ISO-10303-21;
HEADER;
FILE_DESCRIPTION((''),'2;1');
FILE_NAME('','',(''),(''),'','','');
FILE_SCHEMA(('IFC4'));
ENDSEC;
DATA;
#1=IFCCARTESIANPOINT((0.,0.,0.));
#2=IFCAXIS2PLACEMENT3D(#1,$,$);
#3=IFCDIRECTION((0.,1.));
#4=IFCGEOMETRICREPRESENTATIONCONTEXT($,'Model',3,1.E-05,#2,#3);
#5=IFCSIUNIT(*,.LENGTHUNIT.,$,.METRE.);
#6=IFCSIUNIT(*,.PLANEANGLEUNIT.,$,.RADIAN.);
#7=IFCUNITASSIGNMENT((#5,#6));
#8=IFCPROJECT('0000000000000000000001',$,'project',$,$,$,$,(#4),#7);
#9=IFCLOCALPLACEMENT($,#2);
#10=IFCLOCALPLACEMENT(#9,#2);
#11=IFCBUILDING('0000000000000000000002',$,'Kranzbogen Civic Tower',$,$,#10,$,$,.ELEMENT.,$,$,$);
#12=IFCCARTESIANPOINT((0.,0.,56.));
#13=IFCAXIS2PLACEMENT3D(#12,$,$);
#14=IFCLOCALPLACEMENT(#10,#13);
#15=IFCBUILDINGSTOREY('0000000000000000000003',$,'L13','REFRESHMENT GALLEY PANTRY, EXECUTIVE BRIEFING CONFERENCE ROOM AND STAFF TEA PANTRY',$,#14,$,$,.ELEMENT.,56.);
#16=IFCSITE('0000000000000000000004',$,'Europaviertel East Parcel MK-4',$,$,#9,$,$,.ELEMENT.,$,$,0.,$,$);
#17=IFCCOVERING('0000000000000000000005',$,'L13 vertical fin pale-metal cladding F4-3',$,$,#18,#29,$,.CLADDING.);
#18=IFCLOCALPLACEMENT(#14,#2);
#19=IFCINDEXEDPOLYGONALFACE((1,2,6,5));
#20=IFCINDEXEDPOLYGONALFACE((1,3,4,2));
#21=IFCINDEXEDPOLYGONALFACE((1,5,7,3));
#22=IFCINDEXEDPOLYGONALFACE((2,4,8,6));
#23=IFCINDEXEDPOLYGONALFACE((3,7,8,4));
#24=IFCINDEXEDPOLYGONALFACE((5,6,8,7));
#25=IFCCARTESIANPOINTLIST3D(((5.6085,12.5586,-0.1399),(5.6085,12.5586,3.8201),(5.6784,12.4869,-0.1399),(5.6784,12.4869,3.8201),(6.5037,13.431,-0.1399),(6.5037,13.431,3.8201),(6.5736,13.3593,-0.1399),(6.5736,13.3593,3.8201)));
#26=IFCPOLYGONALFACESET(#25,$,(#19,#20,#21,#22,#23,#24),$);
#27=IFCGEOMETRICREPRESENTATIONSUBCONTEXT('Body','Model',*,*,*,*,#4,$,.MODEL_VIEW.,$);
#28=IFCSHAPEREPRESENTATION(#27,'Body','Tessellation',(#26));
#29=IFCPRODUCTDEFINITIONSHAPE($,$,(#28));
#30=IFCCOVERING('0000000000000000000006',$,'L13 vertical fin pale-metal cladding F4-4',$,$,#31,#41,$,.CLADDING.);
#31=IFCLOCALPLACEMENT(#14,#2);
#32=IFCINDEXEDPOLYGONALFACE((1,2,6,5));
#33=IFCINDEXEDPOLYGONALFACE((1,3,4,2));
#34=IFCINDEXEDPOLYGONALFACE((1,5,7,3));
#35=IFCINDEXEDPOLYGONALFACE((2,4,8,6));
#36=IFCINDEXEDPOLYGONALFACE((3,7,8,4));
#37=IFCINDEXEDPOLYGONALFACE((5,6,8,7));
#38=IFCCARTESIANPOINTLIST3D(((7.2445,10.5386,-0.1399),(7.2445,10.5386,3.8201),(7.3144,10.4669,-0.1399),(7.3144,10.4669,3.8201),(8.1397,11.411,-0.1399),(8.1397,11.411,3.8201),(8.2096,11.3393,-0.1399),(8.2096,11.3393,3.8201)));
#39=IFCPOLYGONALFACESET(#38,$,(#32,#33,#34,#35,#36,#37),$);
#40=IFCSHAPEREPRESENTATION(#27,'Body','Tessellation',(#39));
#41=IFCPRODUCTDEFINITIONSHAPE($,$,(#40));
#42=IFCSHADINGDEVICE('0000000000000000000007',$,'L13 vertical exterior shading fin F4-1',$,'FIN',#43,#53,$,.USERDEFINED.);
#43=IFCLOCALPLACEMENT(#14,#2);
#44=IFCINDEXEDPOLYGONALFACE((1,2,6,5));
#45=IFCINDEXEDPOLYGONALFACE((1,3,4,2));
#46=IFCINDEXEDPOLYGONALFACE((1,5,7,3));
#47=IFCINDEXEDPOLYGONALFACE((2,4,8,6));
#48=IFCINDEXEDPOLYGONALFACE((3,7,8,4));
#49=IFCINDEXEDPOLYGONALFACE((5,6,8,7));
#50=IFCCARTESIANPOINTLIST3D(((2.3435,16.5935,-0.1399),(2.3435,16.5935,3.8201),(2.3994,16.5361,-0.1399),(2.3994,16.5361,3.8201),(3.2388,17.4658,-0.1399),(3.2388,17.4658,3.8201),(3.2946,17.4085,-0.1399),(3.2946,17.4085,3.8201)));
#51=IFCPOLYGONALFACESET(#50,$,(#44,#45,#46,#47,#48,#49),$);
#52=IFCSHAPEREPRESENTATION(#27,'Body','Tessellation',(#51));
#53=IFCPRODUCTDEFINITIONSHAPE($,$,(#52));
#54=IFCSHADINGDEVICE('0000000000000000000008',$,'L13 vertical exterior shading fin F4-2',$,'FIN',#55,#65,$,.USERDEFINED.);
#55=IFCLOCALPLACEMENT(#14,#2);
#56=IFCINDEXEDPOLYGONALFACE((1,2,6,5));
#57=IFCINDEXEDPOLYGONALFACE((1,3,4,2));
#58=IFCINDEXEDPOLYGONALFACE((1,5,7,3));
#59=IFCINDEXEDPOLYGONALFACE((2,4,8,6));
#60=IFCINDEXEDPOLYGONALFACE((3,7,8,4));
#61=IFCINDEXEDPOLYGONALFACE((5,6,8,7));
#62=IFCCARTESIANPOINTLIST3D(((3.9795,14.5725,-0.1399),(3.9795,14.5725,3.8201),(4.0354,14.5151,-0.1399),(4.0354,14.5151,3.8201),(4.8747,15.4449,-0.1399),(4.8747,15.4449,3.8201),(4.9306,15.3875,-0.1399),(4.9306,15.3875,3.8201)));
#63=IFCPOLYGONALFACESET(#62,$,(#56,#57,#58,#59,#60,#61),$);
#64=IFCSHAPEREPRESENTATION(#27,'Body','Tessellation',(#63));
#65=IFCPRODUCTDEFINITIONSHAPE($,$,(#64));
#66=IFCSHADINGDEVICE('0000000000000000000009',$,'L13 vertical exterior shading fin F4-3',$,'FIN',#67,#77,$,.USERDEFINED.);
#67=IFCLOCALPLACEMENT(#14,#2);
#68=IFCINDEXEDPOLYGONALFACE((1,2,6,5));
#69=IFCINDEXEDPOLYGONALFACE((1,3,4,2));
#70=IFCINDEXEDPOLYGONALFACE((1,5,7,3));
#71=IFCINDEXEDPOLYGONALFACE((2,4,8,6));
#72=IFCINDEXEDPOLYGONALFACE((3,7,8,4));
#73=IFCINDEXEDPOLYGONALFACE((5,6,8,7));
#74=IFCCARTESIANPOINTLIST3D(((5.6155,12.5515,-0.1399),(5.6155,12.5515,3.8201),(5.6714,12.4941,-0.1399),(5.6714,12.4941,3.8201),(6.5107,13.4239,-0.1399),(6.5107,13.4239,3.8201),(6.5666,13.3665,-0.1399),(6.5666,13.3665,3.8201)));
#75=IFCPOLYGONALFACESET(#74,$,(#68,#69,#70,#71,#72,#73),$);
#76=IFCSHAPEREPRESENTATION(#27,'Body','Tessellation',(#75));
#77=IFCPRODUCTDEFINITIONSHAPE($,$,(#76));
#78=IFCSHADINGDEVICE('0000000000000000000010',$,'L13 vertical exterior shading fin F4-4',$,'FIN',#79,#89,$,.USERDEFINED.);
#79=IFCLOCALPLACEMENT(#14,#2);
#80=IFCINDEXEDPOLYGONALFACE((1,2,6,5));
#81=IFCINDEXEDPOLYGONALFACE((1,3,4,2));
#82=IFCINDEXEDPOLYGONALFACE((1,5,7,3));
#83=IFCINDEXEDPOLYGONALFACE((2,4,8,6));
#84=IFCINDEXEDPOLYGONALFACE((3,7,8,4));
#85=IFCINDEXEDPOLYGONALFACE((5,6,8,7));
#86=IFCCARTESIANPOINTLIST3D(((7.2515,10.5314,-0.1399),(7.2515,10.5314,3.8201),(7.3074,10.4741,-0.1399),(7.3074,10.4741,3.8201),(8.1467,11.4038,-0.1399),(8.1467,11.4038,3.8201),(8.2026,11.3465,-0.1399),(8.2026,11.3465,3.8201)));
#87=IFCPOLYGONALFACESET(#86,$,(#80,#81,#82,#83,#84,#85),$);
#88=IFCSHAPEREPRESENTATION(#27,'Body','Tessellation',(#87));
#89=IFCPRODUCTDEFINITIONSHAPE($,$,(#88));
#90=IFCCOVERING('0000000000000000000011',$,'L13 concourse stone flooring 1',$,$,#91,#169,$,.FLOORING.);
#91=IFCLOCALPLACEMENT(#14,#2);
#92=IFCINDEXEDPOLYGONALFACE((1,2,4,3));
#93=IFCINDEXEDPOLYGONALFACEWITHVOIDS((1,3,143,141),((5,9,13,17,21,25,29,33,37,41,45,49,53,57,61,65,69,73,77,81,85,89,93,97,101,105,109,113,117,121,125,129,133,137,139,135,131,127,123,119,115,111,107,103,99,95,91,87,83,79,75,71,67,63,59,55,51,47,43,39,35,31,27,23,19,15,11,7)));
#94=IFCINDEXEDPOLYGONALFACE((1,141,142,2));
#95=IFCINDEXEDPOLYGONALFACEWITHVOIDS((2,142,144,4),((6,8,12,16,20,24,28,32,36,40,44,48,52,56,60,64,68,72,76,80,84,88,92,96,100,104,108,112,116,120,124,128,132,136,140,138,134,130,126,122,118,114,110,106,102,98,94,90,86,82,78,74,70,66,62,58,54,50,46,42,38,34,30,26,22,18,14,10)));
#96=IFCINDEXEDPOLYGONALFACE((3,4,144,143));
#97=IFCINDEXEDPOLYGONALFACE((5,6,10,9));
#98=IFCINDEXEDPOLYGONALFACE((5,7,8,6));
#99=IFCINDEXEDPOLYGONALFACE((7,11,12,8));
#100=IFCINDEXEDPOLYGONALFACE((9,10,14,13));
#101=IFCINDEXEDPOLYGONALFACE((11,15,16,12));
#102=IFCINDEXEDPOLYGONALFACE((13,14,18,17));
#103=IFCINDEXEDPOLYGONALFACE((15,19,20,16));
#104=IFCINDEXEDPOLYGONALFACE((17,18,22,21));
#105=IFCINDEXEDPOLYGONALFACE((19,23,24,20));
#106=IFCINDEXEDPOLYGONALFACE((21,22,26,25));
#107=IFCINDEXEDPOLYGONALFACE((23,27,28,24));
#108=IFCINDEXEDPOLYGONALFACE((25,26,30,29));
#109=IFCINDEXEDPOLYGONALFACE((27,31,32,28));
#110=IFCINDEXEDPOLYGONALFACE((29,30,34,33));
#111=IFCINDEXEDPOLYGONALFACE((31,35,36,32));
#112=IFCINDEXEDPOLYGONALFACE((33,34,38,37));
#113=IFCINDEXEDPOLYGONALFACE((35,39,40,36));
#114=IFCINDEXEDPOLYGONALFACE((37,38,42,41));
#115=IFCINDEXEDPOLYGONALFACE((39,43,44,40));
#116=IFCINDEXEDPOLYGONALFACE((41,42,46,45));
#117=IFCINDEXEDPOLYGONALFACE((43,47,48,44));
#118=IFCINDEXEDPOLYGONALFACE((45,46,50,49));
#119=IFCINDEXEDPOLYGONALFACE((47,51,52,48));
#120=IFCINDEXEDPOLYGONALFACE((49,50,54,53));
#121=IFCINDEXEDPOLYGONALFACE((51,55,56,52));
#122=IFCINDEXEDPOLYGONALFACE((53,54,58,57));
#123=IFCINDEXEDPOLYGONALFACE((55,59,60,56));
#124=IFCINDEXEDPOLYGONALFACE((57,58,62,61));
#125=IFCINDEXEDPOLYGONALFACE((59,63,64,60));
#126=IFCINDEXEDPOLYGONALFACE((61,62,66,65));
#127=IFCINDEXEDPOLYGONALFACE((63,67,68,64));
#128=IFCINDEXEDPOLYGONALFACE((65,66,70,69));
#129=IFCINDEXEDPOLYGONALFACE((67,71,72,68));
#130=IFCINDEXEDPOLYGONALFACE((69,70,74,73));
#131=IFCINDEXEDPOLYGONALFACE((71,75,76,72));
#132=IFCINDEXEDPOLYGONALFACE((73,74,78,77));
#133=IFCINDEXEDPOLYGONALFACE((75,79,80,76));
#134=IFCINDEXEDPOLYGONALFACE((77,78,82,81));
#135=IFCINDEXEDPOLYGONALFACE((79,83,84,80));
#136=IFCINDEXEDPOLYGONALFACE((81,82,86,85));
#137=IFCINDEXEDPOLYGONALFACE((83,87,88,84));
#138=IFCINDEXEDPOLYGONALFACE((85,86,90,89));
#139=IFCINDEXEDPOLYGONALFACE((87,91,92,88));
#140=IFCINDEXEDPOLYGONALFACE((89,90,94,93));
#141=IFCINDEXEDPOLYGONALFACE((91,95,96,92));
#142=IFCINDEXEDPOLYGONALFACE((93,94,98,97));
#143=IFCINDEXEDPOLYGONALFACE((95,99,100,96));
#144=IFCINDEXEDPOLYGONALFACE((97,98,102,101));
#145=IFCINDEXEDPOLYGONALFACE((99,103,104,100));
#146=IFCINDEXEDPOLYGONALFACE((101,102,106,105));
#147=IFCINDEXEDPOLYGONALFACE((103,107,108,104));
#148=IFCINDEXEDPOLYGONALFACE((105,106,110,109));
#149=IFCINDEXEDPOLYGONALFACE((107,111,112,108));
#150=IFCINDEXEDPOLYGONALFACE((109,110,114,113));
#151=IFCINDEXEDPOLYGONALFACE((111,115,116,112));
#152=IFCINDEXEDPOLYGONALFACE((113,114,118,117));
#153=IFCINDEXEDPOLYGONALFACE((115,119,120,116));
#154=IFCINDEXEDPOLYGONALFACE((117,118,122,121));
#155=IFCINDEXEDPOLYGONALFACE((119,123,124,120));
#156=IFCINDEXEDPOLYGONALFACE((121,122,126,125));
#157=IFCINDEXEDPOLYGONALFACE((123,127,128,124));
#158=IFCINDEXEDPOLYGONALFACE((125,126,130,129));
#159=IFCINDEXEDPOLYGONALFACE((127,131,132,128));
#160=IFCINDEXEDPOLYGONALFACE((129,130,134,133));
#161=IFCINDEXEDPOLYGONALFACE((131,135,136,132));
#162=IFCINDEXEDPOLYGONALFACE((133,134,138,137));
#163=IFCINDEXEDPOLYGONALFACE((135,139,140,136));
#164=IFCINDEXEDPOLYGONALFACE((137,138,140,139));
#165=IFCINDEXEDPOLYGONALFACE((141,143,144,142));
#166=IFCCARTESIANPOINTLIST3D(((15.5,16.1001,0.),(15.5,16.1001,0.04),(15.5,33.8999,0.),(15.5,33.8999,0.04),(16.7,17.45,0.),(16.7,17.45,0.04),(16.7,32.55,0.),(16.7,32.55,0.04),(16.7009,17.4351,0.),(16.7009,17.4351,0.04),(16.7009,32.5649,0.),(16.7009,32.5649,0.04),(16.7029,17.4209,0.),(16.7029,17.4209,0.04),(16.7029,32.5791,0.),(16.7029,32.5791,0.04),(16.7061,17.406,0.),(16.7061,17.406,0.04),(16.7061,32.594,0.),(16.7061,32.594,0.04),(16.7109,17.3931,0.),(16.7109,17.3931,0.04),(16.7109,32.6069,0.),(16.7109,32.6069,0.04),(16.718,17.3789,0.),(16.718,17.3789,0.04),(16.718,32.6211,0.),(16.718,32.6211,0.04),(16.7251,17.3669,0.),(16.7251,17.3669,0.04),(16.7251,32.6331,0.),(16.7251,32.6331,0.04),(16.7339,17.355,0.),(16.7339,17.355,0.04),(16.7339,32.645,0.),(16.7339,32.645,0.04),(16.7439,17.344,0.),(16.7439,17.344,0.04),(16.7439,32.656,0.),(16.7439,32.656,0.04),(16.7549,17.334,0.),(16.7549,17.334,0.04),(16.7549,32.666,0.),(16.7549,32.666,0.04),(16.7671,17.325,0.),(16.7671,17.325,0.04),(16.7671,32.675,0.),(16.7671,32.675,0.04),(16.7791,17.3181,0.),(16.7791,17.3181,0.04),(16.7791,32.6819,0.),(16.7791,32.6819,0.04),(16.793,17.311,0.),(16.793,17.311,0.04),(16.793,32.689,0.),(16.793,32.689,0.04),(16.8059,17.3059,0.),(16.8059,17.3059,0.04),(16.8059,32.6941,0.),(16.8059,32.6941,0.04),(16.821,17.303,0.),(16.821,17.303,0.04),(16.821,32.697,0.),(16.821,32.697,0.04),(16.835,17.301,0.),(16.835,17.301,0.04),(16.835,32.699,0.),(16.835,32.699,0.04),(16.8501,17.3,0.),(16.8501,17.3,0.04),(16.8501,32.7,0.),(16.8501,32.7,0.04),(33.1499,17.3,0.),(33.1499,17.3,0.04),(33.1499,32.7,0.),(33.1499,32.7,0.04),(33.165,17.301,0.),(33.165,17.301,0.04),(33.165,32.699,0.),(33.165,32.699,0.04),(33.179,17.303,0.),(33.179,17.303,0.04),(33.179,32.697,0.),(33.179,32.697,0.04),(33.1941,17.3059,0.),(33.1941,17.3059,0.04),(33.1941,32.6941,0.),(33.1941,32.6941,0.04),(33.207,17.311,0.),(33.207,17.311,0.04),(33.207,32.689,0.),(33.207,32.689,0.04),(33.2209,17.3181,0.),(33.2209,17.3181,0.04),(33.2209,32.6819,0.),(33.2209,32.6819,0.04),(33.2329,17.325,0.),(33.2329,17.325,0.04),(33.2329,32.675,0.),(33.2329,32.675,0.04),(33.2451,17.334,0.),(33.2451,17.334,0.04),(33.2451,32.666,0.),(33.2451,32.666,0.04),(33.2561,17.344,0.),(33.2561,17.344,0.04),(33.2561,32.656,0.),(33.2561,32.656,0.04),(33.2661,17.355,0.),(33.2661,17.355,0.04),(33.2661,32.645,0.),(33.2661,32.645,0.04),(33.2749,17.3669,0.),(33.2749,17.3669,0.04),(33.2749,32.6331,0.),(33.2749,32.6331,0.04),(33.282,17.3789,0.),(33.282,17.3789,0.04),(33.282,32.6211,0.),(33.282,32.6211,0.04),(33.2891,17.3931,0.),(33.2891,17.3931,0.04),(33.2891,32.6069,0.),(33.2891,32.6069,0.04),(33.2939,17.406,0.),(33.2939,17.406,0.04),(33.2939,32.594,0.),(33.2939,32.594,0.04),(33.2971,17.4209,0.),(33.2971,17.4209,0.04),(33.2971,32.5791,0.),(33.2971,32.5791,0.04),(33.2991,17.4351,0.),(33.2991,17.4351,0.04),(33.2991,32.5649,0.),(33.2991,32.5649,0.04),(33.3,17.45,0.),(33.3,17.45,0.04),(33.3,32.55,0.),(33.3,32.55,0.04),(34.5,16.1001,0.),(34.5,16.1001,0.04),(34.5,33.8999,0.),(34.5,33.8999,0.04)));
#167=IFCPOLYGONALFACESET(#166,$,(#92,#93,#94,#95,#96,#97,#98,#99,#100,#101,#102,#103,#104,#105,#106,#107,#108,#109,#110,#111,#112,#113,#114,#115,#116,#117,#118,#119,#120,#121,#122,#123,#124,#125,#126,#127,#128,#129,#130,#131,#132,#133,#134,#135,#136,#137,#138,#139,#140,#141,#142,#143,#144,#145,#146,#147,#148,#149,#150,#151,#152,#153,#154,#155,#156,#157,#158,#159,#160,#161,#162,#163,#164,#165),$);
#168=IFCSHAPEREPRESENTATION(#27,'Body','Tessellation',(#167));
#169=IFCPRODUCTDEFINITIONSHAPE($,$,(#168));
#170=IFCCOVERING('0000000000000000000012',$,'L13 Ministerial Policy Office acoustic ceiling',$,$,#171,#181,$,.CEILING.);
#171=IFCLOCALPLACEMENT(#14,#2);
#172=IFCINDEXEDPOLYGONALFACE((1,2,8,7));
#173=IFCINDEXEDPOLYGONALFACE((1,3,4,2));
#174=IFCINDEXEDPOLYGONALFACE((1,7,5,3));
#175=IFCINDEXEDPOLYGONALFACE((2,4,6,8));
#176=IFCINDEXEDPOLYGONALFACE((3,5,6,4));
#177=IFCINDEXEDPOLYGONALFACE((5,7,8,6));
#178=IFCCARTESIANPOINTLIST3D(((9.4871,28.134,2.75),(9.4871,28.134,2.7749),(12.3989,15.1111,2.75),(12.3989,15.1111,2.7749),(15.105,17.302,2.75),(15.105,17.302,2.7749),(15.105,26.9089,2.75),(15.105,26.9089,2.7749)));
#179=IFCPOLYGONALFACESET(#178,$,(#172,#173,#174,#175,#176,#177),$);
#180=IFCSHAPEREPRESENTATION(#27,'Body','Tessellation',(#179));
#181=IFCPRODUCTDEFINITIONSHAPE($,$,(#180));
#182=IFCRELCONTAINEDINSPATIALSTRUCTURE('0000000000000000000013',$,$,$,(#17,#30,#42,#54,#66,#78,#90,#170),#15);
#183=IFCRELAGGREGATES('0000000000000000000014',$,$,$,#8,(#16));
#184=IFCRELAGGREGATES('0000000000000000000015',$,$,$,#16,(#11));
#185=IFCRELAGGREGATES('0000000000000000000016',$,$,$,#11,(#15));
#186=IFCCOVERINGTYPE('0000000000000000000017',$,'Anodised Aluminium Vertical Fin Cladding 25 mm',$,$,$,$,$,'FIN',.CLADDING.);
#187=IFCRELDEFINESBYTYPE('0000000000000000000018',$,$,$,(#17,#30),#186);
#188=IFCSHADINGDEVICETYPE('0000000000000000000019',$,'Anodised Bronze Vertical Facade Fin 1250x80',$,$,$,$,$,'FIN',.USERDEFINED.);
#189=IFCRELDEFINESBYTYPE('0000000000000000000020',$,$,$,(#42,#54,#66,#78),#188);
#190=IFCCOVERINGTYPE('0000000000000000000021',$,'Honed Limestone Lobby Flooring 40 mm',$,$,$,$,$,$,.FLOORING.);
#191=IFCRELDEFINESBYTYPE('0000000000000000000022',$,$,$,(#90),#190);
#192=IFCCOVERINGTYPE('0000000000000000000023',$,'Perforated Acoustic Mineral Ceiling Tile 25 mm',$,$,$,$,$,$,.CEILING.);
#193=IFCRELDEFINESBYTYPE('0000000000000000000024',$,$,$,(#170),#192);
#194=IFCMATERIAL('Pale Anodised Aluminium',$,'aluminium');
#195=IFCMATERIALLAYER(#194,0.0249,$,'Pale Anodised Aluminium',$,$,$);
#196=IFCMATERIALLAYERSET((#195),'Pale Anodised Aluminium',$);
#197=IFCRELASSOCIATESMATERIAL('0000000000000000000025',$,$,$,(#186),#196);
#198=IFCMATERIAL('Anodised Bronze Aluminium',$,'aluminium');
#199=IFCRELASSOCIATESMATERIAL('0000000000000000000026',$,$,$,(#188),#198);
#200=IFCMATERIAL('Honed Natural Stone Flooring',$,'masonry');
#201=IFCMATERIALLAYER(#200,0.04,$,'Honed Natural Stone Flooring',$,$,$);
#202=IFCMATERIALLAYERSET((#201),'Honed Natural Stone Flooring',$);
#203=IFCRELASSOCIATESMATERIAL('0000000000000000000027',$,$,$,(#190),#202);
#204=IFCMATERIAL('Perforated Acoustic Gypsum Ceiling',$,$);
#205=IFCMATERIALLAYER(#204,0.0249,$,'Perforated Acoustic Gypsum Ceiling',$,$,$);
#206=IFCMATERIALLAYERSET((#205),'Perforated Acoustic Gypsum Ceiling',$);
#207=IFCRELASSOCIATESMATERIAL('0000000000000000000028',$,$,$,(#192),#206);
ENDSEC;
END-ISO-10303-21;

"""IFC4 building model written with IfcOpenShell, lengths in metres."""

from ifc_helpers import new_model, si_unit, direction, frame, origin, origin_2d, place, context, subcontext, project, spatial, polyline, rectangle, outline, extrude, material, layer, layer_set, type_object, element, save


model = new_model("IFC4")

# Units and contexts
model_context = context("Model", 3, precision=1e-05, world=origin(), true_north=direction((0.0, 1.0)))
body_context = subcontext(model_context, "Body", "Model", "MODEL_VIEW")
ifc_project = project(units=[si_unit("LENGTHUNIT", "METRE"), si_unit("PLANEANGLEUNIT", "RADIAN")], contexts=[model_context])

# Site, building, storey
site_placement = place(None, origin())
site = spatial("IfcSite", under=ifc_project, at=site_placement, Name="Europaviertel East Parcel MK-4", CompositionType="ELEMENT", RefElevation=0.0)
building_placement = place(site_placement, origin())
building = spatial("IfcBuilding", under=site, at=building_placement, Name="Kranzbogen Civic Tower", CompositionType="ELEMENT")
storey_placement = place(building_placement, frame((0.0, 0.0, 56.0)))
storey = spatial("IfcBuildingStorey", under=building, at=storey_placement, Name="L13", Description="REFRESHMENT GALLEY PANTRY, EXECUTIVE BRIEFING CONFERENCE ROOM AND STAFF TEA PANTRY", CompositionType="ELEMENT", Elevation=56.0)

# Shared definitions
ifc_material_1 = material(Name="Pale Anodised Aluminium", Category="aluminium")

# Coverings
ifc_layer_1 = layer(ifc_material_1, 0.0249, Name="Pale Anodised Aluminium")
ifc_layer_set_1 = layer_set([ifc_layer_1], Name="Pale Anodised Aluminium")
covering_type_1 = type_object("IfcCoveringType", Name="Anodised Aluminium Vertical Fin Cladding 25 mm", ElementType="FIN", PredefinedType="CLADDING", material=ifc_layer_set_1)
for number, where, z_axis, x_axis, name in (
    (1, (6.0911, 12.959, -0.1399), (0.0, 0.0, 1.0), (-0.71618, -0.697915, 0.0), "L13 vertical fin pale-metal cladding F4-3"),
    (2, (7.7271, 10.939, -0.1399), (0.0, 0.0, 1.0), (-0.71618, -0.697915, 0.0), "L13 vertical fin pale-metal cladding F4-4"),
):
    element("IfcCovering", number, at=place(storey_placement, frame(where, z_axis=z_axis, x_axis=x_axis)), inside=storey, type_object=covering_type_1, Name=name, PredefinedType="CLADDING", context=body_context, shape_type="SweptSolid", body=[
        extrude(rectangle(XDim=1.25, YDim=0.1001, at=origin_2d()), origin(), (0.0, 0.0, 1.0), 3.96),
    ])

# Shading devices
ifc_material_2 = material(Name="Anodised Bronze Aluminium", Category="aluminium")
shading_device_type = type_object("IfcShadingDeviceType", Name="Anodised Bronze Vertical Facade Fin 1250x80", ElementType="FIN", PredefinedType="USERDEFINED", material=ifc_material_2)
for number, where, z_axis, x_axis, name in (
    (3, (2.8191, 17.001, -0.1399), (0.0, 0.0, 1.0), (-0.71618, -0.697915, 0.0), "L13 vertical exterior shading fin F4-1"),
    (4, (4.4551, 14.98, -0.1399), (0.0, 0.0, 1.0), (-0.71618, -0.697915, 0.0), "L13 vertical exterior shading fin F4-2"),
    (5, (6.0911, 12.959, -0.1399), (0.0, 0.0, 1.0), (-0.71618, -0.697915, 0.0), "L13 vertical exterior shading fin F4-3"),
    (6, (7.7271, 10.939, -0.1399), (0.0, 0.0, 1.0), (-0.71618, -0.697915, 0.0), "L13 vertical exterior shading fin F4-4"),
):
    element("IfcShadingDevice", number, at=place(storey_placement, frame(where, z_axis=z_axis, x_axis=x_axis)), inside=storey, type_object=shading_device_type, Name=name, ObjectType="FIN", PredefinedType="USERDEFINED", context=body_context, shape_type="SweptSolid", body=[
        extrude(rectangle(XDim=1.25, YDim=0.0801, at=origin_2d()), origin(), (0.0, 0.0, 1.0), 3.96),
    ])

# Coverings
ifc_material_3 = material(Name="Honed Natural Stone Flooring", Category="masonry")
ifc_layer_2 = layer(ifc_material_3, 0.04, Name="Honed Natural Stone Flooring")
ifc_layer_set_2 = layer_set([ifc_layer_2], Name="Honed Natural Stone Flooring")
covering_type_2 = type_object("IfcCoveringType", Name="Honed Limestone Lobby Flooring 40 mm", PredefinedType="FLOORING", material=ifc_layer_set_2)
covering_1_placement = place(storey_placement, origin())
element("IfcCovering", 7, at=covering_1_placement, inside=storey, type_object=covering_type_2, Name="L13 concourse stone flooring 1", PredefinedType="FLOORING", context=body_context, shape_type="SweptSolid", body=[
    extrude(outline(polyline([(15.5, 33.8999), (34.5, 33.8999), (34.5, 16.1001), (15.5, 16.1001), (15.5, 33.8999)]), holes=[polyline([(33.1499, 32.7), (33.165, 32.699), (33.179, 32.697), (33.1941, 32.6941), (33.207, 32.689), (33.2209, 32.6819), (33.2329, 32.675), (33.2451, 32.666), (33.2561, 32.656), (33.2661, 32.645), (33.2749, 32.6331), (33.282, 32.6211), (33.2891, 32.6069), (33.2939, 32.594), (33.2971, 32.5791), (33.2991, 32.5649), (33.3, 32.55), (33.3, 17.45), (33.2991, 17.4351), (33.2971, 17.4209), (33.2939, 17.406), (33.2891, 17.3931), (33.282, 17.3789), (33.2749, 17.3669), (33.2661, 17.355), (33.2561, 17.344), (33.2451, 17.334), (33.2329, 17.325), (33.2209, 17.3181), (33.207, 17.311), (33.1941, 17.3059), (33.179, 17.303), (33.165, 17.301), (33.1499, 17.3), (16.8501, 17.3), (16.835, 17.301), (16.821, 17.303), (16.8059, 17.3059), (16.793, 17.311), (16.7791, 17.3181), (16.7671, 17.325), (16.7549, 17.334), (16.7439, 17.344), (16.7339, 17.355), (16.7251, 17.3669), (16.718, 17.3789), (16.7109, 17.3931), (16.7061, 17.406), (16.7029, 17.4209), (16.7009, 17.4351), (16.7, 17.45), (16.7, 32.55), (16.7009, 32.5649), (16.7029, 32.5791), (16.7061, 32.594), (16.7109, 32.6069), (16.718, 32.6211), (16.7251, 32.6331), (16.7339, 32.645), (16.7439, 32.656), (16.7549, 32.666), (16.7671, 32.675), (16.7791, 32.6819), (16.793, 32.689), (16.8059, 32.6941), (16.821, 32.697), (16.835, 32.699), (16.8501, 32.7), (33.1499, 32.7)])]), origin(), (0.0, 0.0, 1.0), 0.04),
])
ifc_material_4 = material(Name="Perforated Acoustic Gypsum Ceiling")
ifc_layer_3 = layer(ifc_material_4, 0.0249, Name="Perforated Acoustic Gypsum Ceiling")
ifc_layer_set_3 = layer_set([ifc_layer_3], Name="Perforated Acoustic Gypsum Ceiling")
covering_type_3 = type_object("IfcCoveringType", Name="Perforated Acoustic Mineral Ceiling Tile 25 mm", PredefinedType="CEILING", material=ifc_layer_set_3)
covering_2_placement = place(storey_placement, frame((0.0, 0.0, 2.75)))
element("IfcCovering", 8, at=covering_2_placement, inside=storey, type_object=covering_type_3, Name="L13 Ministerial Policy Office acoustic ceiling", PredefinedType="CEILING", context=body_context, shape_type="SweptSolid", body=[
    extrude(outline(polyline([(15.105, 17.302), (12.3989, 15.1111), (9.4871, 28.134), (15.105, 26.9089), (15.105, 17.302)])), origin(), (0.0, 0.0, 1.0), 0.0249),
])

save(model, "model.ifc")
